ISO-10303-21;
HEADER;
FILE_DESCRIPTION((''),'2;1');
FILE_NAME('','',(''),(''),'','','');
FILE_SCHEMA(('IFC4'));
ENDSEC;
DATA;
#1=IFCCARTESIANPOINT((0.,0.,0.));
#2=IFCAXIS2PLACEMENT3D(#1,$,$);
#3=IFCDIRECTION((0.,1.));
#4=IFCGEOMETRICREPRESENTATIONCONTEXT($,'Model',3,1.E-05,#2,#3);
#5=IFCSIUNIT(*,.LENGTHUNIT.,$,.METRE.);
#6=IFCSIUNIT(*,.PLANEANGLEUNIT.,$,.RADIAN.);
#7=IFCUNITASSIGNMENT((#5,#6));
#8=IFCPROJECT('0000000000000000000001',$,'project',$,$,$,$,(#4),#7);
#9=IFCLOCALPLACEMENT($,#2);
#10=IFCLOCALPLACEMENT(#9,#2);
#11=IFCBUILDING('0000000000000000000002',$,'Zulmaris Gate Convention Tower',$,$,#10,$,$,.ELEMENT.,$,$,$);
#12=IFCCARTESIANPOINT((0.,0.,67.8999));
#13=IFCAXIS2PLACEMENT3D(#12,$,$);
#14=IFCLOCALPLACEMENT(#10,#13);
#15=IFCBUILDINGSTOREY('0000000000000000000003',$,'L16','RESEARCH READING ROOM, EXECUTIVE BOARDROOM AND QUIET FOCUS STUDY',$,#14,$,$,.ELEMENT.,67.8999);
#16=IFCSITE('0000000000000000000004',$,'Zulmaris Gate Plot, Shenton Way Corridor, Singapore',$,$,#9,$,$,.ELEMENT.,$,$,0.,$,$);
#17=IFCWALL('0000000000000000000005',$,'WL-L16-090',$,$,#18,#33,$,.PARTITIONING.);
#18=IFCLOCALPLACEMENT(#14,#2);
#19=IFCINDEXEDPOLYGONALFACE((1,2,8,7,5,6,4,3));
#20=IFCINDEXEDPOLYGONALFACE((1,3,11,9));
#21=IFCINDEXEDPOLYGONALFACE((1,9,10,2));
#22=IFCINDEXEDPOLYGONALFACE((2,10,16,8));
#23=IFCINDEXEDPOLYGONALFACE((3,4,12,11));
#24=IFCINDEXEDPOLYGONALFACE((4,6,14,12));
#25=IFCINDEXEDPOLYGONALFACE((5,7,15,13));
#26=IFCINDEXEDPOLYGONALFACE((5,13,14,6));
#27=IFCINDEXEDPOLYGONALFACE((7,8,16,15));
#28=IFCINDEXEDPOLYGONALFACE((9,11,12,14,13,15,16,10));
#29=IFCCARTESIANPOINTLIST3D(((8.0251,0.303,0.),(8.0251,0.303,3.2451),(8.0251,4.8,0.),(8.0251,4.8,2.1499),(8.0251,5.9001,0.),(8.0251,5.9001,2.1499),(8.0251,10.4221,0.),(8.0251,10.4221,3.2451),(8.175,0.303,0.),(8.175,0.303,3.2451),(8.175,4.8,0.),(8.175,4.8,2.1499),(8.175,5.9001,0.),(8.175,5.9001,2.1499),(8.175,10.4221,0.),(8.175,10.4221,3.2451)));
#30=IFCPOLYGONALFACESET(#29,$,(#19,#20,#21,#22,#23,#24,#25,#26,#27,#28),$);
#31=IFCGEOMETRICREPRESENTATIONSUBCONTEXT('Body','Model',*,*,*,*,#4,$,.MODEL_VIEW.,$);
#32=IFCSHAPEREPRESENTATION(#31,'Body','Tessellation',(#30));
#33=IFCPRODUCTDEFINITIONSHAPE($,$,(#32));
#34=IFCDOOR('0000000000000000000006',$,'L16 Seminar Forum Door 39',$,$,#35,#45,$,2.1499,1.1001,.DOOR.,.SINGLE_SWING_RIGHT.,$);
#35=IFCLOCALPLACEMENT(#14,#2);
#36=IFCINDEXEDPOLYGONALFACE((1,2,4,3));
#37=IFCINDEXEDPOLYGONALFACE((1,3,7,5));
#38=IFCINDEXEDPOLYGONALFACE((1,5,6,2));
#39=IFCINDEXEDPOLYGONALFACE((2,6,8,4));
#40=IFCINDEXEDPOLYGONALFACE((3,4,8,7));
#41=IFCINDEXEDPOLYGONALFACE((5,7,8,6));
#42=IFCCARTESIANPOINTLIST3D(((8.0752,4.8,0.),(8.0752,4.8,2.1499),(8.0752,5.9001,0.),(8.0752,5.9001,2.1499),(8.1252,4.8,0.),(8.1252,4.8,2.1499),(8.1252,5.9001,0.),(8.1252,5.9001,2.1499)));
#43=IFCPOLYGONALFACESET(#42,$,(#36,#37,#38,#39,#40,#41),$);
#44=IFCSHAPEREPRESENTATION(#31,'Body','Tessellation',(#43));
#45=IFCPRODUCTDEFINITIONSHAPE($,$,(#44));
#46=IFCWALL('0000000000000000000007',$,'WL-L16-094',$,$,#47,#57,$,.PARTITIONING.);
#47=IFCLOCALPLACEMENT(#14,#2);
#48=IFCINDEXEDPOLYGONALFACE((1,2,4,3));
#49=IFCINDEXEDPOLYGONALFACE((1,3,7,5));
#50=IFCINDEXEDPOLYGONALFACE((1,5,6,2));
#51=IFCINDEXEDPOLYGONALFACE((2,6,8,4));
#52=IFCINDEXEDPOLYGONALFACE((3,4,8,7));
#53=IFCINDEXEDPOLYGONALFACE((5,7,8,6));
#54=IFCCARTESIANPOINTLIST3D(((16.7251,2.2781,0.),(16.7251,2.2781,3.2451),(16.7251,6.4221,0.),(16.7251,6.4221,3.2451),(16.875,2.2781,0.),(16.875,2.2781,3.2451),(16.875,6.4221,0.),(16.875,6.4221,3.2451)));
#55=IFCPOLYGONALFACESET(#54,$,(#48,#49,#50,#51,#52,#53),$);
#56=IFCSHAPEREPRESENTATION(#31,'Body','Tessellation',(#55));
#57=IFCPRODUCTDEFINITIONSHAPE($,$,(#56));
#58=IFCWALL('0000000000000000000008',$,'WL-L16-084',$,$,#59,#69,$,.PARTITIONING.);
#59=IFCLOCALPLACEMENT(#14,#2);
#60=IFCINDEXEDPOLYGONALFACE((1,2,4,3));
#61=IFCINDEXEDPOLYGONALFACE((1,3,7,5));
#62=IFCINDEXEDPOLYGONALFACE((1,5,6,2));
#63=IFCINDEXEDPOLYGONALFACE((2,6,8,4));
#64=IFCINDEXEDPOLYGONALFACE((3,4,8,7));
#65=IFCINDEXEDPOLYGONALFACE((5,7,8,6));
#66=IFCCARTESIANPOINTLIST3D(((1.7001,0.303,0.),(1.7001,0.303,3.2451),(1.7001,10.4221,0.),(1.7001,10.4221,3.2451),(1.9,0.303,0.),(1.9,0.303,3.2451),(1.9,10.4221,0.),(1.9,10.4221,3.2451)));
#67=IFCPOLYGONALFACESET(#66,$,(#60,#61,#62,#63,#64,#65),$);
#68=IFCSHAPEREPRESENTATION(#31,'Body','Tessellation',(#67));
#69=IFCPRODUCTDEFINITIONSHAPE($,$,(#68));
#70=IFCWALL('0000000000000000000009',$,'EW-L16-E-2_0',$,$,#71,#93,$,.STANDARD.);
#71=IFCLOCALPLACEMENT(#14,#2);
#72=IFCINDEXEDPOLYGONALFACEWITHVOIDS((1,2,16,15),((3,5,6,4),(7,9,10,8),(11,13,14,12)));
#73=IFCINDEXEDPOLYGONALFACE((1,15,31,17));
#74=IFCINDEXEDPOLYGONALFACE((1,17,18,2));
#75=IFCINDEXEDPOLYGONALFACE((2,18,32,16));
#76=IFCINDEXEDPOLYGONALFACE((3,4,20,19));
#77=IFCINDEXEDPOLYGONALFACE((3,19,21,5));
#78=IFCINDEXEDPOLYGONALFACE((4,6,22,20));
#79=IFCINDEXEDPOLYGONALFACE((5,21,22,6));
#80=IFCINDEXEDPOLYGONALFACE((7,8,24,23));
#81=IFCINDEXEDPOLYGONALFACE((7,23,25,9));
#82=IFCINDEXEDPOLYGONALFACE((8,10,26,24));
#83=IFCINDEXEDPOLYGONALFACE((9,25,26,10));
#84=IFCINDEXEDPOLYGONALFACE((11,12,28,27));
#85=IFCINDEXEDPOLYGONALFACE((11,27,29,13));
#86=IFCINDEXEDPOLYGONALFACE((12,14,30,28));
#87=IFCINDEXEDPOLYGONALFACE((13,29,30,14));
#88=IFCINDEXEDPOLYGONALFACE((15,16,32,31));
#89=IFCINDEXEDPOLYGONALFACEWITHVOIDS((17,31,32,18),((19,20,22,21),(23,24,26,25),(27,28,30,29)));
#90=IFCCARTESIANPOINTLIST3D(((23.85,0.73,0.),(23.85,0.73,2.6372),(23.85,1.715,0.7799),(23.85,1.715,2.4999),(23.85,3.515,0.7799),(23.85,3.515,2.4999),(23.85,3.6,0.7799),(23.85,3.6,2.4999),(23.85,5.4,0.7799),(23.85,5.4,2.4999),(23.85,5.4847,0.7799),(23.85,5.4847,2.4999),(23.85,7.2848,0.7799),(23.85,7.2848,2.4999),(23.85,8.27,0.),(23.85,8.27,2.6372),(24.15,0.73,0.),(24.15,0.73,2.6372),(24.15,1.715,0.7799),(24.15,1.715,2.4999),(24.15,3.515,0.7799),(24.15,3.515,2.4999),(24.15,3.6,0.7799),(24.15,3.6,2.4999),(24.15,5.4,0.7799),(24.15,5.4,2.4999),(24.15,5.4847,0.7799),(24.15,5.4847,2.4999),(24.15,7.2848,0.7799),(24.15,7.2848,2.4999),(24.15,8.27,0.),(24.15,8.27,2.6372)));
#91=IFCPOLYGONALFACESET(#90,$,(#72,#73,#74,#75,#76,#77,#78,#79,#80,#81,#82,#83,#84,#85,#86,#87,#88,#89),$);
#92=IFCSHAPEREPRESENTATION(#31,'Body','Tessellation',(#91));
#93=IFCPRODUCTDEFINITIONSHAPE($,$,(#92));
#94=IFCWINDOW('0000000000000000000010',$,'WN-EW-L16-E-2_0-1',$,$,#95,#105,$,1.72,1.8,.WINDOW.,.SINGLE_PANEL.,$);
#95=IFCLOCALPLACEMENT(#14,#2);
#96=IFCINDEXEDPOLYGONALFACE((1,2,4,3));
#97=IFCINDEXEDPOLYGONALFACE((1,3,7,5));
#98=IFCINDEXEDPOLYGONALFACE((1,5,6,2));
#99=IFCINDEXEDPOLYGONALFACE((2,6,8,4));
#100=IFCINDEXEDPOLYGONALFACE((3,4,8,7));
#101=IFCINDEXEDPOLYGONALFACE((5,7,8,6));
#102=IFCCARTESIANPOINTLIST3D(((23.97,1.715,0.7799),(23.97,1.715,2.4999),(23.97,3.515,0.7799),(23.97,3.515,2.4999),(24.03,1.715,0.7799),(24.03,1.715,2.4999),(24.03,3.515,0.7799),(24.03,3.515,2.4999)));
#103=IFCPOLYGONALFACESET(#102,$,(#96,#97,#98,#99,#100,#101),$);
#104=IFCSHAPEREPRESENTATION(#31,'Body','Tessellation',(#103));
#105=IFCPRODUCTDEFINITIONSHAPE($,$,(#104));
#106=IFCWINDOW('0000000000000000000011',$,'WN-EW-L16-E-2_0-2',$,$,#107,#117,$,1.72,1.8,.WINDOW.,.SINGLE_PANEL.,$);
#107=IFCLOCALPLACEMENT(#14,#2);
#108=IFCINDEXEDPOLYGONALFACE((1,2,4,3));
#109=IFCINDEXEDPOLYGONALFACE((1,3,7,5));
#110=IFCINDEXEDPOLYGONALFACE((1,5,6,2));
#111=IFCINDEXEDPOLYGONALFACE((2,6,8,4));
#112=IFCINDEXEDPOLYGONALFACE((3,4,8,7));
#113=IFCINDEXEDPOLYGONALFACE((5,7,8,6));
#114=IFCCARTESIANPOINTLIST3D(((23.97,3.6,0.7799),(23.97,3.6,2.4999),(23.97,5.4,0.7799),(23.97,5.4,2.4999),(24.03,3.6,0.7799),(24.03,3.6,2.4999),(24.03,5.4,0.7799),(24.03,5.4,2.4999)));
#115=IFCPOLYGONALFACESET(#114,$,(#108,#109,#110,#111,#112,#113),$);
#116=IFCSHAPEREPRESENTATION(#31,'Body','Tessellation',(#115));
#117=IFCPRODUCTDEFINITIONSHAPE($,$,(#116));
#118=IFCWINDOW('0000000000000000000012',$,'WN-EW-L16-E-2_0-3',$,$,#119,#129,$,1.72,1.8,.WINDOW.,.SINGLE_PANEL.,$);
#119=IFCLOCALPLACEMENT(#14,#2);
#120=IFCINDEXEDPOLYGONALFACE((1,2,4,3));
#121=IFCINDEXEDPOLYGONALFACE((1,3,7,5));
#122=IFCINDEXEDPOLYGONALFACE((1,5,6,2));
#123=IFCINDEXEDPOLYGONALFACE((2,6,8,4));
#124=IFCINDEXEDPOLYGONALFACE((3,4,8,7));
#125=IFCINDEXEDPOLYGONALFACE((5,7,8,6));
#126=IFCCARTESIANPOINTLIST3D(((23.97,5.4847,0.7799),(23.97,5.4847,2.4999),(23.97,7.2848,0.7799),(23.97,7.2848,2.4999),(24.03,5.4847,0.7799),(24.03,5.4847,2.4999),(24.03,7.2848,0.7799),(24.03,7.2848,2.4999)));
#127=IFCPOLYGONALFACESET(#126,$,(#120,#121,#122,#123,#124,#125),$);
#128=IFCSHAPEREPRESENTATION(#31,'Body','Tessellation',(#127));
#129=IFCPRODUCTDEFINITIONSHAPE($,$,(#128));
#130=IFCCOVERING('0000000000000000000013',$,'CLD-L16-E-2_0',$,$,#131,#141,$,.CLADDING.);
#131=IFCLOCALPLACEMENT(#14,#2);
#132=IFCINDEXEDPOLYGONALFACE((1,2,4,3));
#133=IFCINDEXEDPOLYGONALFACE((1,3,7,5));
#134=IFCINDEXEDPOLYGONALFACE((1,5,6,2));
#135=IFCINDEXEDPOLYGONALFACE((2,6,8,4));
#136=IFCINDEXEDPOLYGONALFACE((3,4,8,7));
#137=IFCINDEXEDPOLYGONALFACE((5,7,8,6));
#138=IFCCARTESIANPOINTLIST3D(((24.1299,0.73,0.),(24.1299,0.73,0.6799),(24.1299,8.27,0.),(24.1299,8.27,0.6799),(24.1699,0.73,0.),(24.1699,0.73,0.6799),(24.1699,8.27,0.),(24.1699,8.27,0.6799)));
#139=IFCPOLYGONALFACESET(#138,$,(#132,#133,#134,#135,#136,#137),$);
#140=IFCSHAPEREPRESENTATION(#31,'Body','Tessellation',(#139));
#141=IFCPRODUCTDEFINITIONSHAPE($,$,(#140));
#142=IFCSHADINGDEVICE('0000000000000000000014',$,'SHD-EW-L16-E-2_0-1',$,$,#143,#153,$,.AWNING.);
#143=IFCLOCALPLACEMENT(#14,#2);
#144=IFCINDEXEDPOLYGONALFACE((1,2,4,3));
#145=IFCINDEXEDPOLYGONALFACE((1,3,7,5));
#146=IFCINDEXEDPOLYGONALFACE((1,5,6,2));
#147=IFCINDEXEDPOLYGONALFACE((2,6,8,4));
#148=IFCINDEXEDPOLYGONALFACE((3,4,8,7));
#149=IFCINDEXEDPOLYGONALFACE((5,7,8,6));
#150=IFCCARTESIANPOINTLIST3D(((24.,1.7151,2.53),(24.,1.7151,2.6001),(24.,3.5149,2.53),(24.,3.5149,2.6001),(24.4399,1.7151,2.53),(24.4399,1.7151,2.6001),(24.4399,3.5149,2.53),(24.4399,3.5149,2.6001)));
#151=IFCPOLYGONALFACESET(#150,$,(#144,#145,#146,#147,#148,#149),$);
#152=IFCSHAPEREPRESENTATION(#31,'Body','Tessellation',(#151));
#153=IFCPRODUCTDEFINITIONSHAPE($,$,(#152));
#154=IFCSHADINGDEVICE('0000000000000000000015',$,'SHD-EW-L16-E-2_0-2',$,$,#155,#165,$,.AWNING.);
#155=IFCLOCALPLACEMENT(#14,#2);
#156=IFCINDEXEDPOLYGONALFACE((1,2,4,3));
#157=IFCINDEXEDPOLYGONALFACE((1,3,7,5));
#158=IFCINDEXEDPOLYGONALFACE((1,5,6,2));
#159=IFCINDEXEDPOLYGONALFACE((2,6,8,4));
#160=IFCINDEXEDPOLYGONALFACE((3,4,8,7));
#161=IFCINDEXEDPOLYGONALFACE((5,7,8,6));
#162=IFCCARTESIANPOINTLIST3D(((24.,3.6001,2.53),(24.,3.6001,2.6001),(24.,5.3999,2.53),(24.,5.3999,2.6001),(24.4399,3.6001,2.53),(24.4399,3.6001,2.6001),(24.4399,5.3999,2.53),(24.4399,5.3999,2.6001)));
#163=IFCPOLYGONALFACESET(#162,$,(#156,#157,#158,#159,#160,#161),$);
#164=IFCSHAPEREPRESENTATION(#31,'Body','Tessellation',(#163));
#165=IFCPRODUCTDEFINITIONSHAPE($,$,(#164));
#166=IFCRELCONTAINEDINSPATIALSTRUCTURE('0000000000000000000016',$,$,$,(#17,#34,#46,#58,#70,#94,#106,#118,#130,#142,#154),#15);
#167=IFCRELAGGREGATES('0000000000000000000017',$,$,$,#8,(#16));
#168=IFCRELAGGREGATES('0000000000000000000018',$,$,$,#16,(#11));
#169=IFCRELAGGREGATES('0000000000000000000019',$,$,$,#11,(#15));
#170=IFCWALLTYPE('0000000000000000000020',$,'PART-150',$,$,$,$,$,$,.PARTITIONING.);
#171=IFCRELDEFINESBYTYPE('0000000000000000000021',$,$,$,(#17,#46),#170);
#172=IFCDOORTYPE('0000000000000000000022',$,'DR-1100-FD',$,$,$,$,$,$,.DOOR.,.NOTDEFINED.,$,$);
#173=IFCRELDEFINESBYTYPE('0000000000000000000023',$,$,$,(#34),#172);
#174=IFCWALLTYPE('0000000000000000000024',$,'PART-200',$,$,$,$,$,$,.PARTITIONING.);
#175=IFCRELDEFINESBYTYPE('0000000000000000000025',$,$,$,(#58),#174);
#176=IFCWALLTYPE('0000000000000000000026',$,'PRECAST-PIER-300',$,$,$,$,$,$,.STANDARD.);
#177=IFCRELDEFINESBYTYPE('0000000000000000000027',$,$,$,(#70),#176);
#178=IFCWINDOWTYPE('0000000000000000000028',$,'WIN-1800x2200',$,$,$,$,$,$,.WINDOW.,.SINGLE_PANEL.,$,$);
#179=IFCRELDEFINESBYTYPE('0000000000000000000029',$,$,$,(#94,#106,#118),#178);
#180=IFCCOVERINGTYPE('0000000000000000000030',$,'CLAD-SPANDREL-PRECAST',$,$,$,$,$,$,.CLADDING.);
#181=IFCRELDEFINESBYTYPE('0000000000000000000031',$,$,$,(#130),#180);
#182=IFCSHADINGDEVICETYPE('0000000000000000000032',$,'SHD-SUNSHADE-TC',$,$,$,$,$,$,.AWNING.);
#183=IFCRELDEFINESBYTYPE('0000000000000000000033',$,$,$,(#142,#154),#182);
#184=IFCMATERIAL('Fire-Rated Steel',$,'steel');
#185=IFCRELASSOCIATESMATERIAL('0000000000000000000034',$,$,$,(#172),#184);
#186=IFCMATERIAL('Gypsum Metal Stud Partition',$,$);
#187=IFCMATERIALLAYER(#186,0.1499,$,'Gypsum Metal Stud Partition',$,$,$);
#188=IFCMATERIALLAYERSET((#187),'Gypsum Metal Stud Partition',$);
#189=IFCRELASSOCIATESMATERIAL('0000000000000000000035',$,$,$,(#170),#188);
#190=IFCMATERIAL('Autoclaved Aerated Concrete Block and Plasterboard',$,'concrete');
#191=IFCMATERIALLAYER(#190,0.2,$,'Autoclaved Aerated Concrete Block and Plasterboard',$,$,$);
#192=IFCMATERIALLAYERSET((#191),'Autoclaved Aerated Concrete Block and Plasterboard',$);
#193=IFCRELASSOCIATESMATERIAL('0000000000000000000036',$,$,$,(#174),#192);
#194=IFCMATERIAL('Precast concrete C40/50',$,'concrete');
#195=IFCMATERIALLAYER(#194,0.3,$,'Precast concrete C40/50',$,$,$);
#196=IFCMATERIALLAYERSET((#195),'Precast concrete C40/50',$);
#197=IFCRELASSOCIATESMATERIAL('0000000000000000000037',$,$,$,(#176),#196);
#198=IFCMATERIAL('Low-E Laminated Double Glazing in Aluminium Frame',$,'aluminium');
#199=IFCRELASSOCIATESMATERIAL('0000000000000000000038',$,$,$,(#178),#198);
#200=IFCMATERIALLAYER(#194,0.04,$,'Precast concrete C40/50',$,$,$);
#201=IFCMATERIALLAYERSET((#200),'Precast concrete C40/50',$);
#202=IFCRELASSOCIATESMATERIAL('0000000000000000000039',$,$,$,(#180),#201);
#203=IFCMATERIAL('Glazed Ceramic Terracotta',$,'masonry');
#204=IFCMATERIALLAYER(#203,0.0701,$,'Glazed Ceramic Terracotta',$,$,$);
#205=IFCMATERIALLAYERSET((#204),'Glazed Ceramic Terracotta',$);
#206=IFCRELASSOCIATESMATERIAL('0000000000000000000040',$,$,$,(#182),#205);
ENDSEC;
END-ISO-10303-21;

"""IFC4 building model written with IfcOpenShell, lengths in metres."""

from ifc_helpers import new_model, si_unit, direction, frame, frame_2d, origin, place, context, subcontext, project, spatial, rectangle, extrude, material, layer, layer_set, type_object, element, fill, save


model = new_model("IFC4")

# Units and contexts
model_context = context("Model", 3, precision=1e-05, world=origin(), true_north=direction((0.0, 1.0)))
body_context = subcontext(model_context, "Body", "Model", "MODEL_VIEW")
ifc_project = project(units=[si_unit("LENGTHUNIT", "METRE"), si_unit("PLANEANGLEUNIT", "RADIAN")], contexts=[model_context])

# Site, building, storey
site_placement = place(None, origin())
site = spatial("IfcSite", under=ifc_project, at=site_placement, Name="Zulmaris Gate Plot, Shenton Way Corridor, Singapore", CompositionType="ELEMENT", RefElevation=0.0)
building_placement = place(site_placement, origin())
building = spatial("IfcBuilding", under=site, at=building_placement, Name="Zulmaris Gate Convention Tower", CompositionType="ELEMENT")
storey_placement = place(building_placement, frame((0.0, 0.0, 67.8999)))
storey = spatial("IfcBuildingStorey", under=building, at=storey_placement, Name="L16", Description="RESEARCH READING ROOM, EXECUTIVE BOARDROOM AND QUIET FOCUS STUDY", CompositionType="ELEMENT", Elevation=67.8999)

# Shared definitions
ifc_material_1 = material(Name="Fire-Rated Steel", Category="steel")
door_type_1 = type_object("IfcDoorType", Name="DR-1100-FD", OperationType="NOTDEFINED", PredefinedType="DOOR", material=ifc_material_1)

# Shared definitions
ifc_material_2 = material(Name="Gypsum Metal Stud Partition")
ifc_layer_1 = layer(ifc_material_2, 0.1499, Name="Gypsum Metal Stud Partition")
ifc_layer_set_1 = layer_set([ifc_layer_1], Name="Gypsum Metal Stud Partition")
wall_type_1 = type_object("IfcWallType", Name="PART-150", PredefinedType="PARTITIONING", material=ifc_layer_set_1)

# Wall, opening, door
wall_1_placement = place(storey_placement, frame((8.1001, 0.303, 0.0), z_axis=(0.0, 0.0, 1.0), x_axis=(0.0, 1.0, 0.0)))
wall_1 = element("IfcWall", 1, at=wall_1_placement, inside=storey, type_object=wall_type_1, Name="WL-L16-090", PredefinedType="PARTITIONING", context=body_context, shape_type="SweptSolid", body=[
    extrude(rectangle(XDim=10.1191, YDim=0.1499, at=frame_2d((5.0596, 0.0))), origin(), (0.0, 0.0, 1.0), 3.2451),
])
opening_1_placement = place(wall_1_placement, frame((4.4971, 0.0, 0.0)))
opening_1 = element("IfcOpeningElement", 2, at=opening_1_placement, cuts=wall_1, PredefinedType="OPENING", context=body_context, shape_type="SweptSolid", body=[
    extrude(rectangle(XDim=1.1001, YDim=2.1499, at=frame_2d((0.55, 1.075))), frame((0.0, 0.085, 0.0), z_axis=(0.0, -1.0, 0.0), x_axis=(1.0, 0.0, 0.0)), (0.0, 0.0, 1.0), 0.1699),
])
door_1_placement = place(opening_1_placement, origin())
door_1 = element("IfcDoor", 3, at=door_1_placement, inside=storey, type_object=door_type_1, Name="L16 Seminar Forum Door 39", OperationType="SINGLE_SWING_RIGHT", OverallHeight=2.1499, OverallWidth=1.1001, PredefinedType="DOOR", context=body_context, shape_type="SweptSolid", body=[
    extrude(rectangle(XDim=1.1001, YDim=2.1499, at=frame_2d((0.55, 1.075))), frame((0.0, 0.0249, 0.0), z_axis=(0.0, -1.0, 0.0), x_axis=(1.0, 0.0, 0.0)), (0.0, 0.0, 1.0), 0.05),
])
fill(opening_1, door_1)

# Walls
wall_2_placement = place(storey_placement, frame((16.8, 2.2781, 0.0), z_axis=(0.0, 0.0, 1.0), x_axis=(0.0, 1.0, 0.0)))
element("IfcWall", 4, at=wall_2_placement, inside=storey, type_object=wall_type_1, Name="WL-L16-094", PredefinedType="PARTITIONING", context=body_context, shape_type="SweptSolid", body=[
    extrude(rectangle(XDim=4.144, YDim=0.1499, at=frame_2d((2.072, 0.0))), origin(), (0.0, 0.0, 1.0), 3.2451),
])
ifc_material_3 = material(Name="Autoclaved Aerated Concrete Block and Plasterboard", Category="concrete")
ifc_layer_2 = layer(ifc_material_3, 0.2, Name="Autoclaved Aerated Concrete Block and Plasterboard")
ifc_layer_set_2 = layer_set([ifc_layer_2], Name="Autoclaved Aerated Concrete Block and Plasterboard")
wall_type_2 = type_object("IfcWallType", Name="PART-200", PredefinedType="PARTITIONING", material=ifc_layer_set_2)
wall_3_placement = place(storey_placement, frame((1.8, 0.303, 0.0), z_axis=(0.0, 0.0, 1.0), x_axis=(0.0, 1.0, 0.0)))
element("IfcWall", 5, at=wall_3_placement, inside=storey, type_object=wall_type_2, Name="WL-L16-084", PredefinedType="PARTITIONING", context=body_context, shape_type="SweptSolid", body=[
    extrude(rectangle(XDim=10.1191, YDim=0.2, at=frame_2d((5.0596, 0.0))), origin(), (0.0, 0.0, 1.0), 3.2451),
])

# Wall, openings, windows
ifc_material_4 = material(Name="Precast concrete C40/50", Category="concrete")
ifc_layer_3 = layer(ifc_material_4, 0.3, Name="Precast concrete C40/50")
ifc_layer_set_3 = layer_set([ifc_layer_3], Name="Precast concrete C40/50")
wall_type_3 = type_object("IfcWallType", Name="PRECAST-PIER-300", PredefinedType="STANDARD", material=ifc_layer_set_3)
wall_4_placement = place(storey_placement, frame((24.0, 0.73, 0.0), z_axis=(0.0, 0.0, 1.0), x_axis=(0.0, 1.0, 0.0)))
wall_4 = element("IfcWall", 6, at=wall_4_placement, inside=storey, type_object=wall_type_3, Name="EW-L16-E-2_0", PredefinedType="STANDARD", context=body_context, shape_type="SweptSolid", body=[
    extrude(rectangle(XDim=7.54, YDim=0.3, at=frame_2d((3.77, 0.0))), origin(), (0.0, 0.0, 1.0), 2.6372),
])
opening_2_placement = place(wall_4_placement, frame((0.9851, 0.0, 0.78)))
opening_2 = element("IfcOpeningElement", 7, at=opening_2_placement, cuts=wall_4, PredefinedType="OPENING", context=body_context, shape_type="SweptSolid", body=[
    extrude(rectangle(XDim=1.8, YDim=1.72, at=frame_2d((0.8999, 0.8599))), frame((0.0, 0.1602, 0.0), z_axis=(0.0, -1.0, 0.0), x_axis=(1.0, 0.0, 0.0)), (0.0, 0.0, 1.0), 0.3201),
])
opening_3_placement = place(wall_4_placement, frame((2.8701, 0.0, 0.78)))
opening_3 = element("IfcOpeningElement", 8, at=opening_3_placement, cuts=wall_4, PredefinedType="OPENING", context=body_context, shape_type="SweptSolid", body=[
    extrude(rectangle(XDim=1.8, YDim=1.72, at=frame_2d((0.8999, 0.8599))), frame((0.0, 0.1602, 0.0), z_axis=(0.0, -1.0, 0.0), x_axis=(1.0, 0.0, 0.0)), (0.0, 0.0, 1.0), 0.3201),
])
opening_4_placement = place(wall_4_placement, frame((4.7549, 0.0, 0.78)))
opening_4 = element("IfcOpeningElement", 9, at=opening_4_placement, cuts=wall_4, PredefinedType="OPENING", context=body_context, shape_type="SweptSolid", body=[
    extrude(rectangle(XDim=1.8, YDim=1.72, at=frame_2d((0.8999, 0.8599))), frame((0.0, 0.1602, 0.0), z_axis=(0.0, -1.0, 0.0), x_axis=(1.0, 0.0, 0.0)), (0.0, 0.0, 1.0), 0.3201),
])
ifc_material_5 = material(Name="Low-E Laminated Double Glazing in Aluminium Frame", Category="aluminium")
window_type = type_object("IfcWindowType", Name="WIN-1800x2200", PartitioningType="SINGLE_PANEL", PredefinedType="WINDOW", material=ifc_material_5)
window_1_placement = place(opening_2_placement, origin())
window_1 = element("IfcWindow", 10, at=window_1_placement, inside=storey, type_object=window_type, Name="WN-EW-L16-E-2_0-1", OverallHeight=1.72, OverallWidth=1.8, PartitioningType="SINGLE_PANEL", PredefinedType="WINDOW", context=body_context, shape_type="SweptSolid", body=[
    extrude(rectangle(XDim=1.8, YDim=1.72, at=frame_2d((0.8999, 0.8599))), frame((0.0, 0.03, 0.0), z_axis=(0.0, -1.0, 0.0), x_axis=(1.0, 0.0, 0.0)), (0.0, 0.0, 1.0), 0.0601),
])
fill(opening_2, window_1)
window_2_placement = place(opening_3_placement, origin())
window_2 = element("IfcWindow", 11, at=window_2_placement, inside=storey, type_object=window_type, Name="WN-EW-L16-E-2_0-2", OverallHeight=1.72, OverallWidth=1.8, PartitioningType="SINGLE_PANEL", PredefinedType="WINDOW", context=body_context, shape_type="SweptSolid", body=[
    extrude(rectangle(XDim=1.8, YDim=1.72, at=frame_2d((0.8999, 0.8599))), frame((0.0, 0.03, 0.0), z_axis=(0.0, -1.0, 0.0), x_axis=(1.0, 0.0, 0.0)), (0.0, 0.0, 1.0), 0.0601),
])
fill(opening_3, window_2)
window_3_placement = place(opening_4_placement, origin())
window_3 = element("IfcWindow", 12, at=window_3_placement, inside=storey, type_object=window_type, Name="WN-EW-L16-E-2_0-3", OverallHeight=1.72, OverallWidth=1.8, PartitioningType="SINGLE_PANEL", PredefinedType="WINDOW", context=body_context, shape_type="SweptSolid", body=[
    extrude(rectangle(XDim=1.8, YDim=1.72, at=frame_2d((0.8999, 0.8599))), frame((0.0, 0.03, 0.0), z_axis=(0.0, -1.0, 0.0), x_axis=(1.0, 0.0, 0.0)), (0.0, 0.0, 1.0), 0.0601),
])
fill(opening_4, window_3)

# Covering
ifc_layer_4 = layer(ifc_material_4, 0.04, Name="Precast concrete C40/50")
ifc_layer_set_4 = layer_set([ifc_layer_4], Name="Precast concrete C40/50")
covering_type = type_object("IfcCoveringType", Name="CLAD-SPANDREL-PRECAST", PredefinedType="CLADDING", material=ifc_layer_set_4)
covering_placement = place(storey_placement, frame((24.1499, 0.73, 0.0), z_axis=(0.0, 0.0, 1.0), x_axis=(0.0, 1.0, 0.0)))
element("IfcCovering", 13, at=covering_placement, inside=storey, type_object=covering_type, Name="CLD-L16-E-2_0", PredefinedType="CLADDING", context=body_context, shape_type="SweptSolid", body=[
    extrude(rectangle(XDim=7.54, YDim=0.04, at=frame_2d((3.77, 0.0))), origin(), (0.0, 0.0, 1.0), 0.6799),
])

# Shading devices
ifc_material_6 = material(Name="Glazed Ceramic Terracotta", Category="masonry")
ifc_layer_5 = layer(ifc_material_6, 0.0701, Name="Glazed Ceramic Terracotta")
ifc_layer_set_5 = layer_set([ifc_layer_5], Name="Glazed Ceramic Terracotta")
shading_device_type = type_object("IfcShadingDeviceType", Name="SHD-SUNSHADE-TC", PredefinedType="AWNING", material=ifc_layer_set_5)
for number, where, z_axis, x_axis, name in (
    (14, (24.22, 1.7151, 2.53), (0.0, 0.0, 1.0), (0.0, 1.0, 0.0), "SHD-EW-L16-E-2_0-1"),
    (15, (24.22, 3.6001, 2.53), (0.0, 0.0, 1.0), (0.0, 1.0, 0.0), "SHD-EW-L16-E-2_0-2"),
):
    element("IfcShadingDevice", number, at=place(storey_placement, frame(where, z_axis=z_axis, x_axis=x_axis)), inside=storey, type_object=shading_device_type, Name=name, PredefinedType="AWNING", context=body_context, shape_type="SweptSolid", body=[
        extrude(rectangle(XDim=1.7998, YDim=0.4399, at=frame_2d((0.8999, 0.0))), origin(), (0.0, 0.0, 1.0), 0.0701),
    ])

save(model, "model.ifc")
